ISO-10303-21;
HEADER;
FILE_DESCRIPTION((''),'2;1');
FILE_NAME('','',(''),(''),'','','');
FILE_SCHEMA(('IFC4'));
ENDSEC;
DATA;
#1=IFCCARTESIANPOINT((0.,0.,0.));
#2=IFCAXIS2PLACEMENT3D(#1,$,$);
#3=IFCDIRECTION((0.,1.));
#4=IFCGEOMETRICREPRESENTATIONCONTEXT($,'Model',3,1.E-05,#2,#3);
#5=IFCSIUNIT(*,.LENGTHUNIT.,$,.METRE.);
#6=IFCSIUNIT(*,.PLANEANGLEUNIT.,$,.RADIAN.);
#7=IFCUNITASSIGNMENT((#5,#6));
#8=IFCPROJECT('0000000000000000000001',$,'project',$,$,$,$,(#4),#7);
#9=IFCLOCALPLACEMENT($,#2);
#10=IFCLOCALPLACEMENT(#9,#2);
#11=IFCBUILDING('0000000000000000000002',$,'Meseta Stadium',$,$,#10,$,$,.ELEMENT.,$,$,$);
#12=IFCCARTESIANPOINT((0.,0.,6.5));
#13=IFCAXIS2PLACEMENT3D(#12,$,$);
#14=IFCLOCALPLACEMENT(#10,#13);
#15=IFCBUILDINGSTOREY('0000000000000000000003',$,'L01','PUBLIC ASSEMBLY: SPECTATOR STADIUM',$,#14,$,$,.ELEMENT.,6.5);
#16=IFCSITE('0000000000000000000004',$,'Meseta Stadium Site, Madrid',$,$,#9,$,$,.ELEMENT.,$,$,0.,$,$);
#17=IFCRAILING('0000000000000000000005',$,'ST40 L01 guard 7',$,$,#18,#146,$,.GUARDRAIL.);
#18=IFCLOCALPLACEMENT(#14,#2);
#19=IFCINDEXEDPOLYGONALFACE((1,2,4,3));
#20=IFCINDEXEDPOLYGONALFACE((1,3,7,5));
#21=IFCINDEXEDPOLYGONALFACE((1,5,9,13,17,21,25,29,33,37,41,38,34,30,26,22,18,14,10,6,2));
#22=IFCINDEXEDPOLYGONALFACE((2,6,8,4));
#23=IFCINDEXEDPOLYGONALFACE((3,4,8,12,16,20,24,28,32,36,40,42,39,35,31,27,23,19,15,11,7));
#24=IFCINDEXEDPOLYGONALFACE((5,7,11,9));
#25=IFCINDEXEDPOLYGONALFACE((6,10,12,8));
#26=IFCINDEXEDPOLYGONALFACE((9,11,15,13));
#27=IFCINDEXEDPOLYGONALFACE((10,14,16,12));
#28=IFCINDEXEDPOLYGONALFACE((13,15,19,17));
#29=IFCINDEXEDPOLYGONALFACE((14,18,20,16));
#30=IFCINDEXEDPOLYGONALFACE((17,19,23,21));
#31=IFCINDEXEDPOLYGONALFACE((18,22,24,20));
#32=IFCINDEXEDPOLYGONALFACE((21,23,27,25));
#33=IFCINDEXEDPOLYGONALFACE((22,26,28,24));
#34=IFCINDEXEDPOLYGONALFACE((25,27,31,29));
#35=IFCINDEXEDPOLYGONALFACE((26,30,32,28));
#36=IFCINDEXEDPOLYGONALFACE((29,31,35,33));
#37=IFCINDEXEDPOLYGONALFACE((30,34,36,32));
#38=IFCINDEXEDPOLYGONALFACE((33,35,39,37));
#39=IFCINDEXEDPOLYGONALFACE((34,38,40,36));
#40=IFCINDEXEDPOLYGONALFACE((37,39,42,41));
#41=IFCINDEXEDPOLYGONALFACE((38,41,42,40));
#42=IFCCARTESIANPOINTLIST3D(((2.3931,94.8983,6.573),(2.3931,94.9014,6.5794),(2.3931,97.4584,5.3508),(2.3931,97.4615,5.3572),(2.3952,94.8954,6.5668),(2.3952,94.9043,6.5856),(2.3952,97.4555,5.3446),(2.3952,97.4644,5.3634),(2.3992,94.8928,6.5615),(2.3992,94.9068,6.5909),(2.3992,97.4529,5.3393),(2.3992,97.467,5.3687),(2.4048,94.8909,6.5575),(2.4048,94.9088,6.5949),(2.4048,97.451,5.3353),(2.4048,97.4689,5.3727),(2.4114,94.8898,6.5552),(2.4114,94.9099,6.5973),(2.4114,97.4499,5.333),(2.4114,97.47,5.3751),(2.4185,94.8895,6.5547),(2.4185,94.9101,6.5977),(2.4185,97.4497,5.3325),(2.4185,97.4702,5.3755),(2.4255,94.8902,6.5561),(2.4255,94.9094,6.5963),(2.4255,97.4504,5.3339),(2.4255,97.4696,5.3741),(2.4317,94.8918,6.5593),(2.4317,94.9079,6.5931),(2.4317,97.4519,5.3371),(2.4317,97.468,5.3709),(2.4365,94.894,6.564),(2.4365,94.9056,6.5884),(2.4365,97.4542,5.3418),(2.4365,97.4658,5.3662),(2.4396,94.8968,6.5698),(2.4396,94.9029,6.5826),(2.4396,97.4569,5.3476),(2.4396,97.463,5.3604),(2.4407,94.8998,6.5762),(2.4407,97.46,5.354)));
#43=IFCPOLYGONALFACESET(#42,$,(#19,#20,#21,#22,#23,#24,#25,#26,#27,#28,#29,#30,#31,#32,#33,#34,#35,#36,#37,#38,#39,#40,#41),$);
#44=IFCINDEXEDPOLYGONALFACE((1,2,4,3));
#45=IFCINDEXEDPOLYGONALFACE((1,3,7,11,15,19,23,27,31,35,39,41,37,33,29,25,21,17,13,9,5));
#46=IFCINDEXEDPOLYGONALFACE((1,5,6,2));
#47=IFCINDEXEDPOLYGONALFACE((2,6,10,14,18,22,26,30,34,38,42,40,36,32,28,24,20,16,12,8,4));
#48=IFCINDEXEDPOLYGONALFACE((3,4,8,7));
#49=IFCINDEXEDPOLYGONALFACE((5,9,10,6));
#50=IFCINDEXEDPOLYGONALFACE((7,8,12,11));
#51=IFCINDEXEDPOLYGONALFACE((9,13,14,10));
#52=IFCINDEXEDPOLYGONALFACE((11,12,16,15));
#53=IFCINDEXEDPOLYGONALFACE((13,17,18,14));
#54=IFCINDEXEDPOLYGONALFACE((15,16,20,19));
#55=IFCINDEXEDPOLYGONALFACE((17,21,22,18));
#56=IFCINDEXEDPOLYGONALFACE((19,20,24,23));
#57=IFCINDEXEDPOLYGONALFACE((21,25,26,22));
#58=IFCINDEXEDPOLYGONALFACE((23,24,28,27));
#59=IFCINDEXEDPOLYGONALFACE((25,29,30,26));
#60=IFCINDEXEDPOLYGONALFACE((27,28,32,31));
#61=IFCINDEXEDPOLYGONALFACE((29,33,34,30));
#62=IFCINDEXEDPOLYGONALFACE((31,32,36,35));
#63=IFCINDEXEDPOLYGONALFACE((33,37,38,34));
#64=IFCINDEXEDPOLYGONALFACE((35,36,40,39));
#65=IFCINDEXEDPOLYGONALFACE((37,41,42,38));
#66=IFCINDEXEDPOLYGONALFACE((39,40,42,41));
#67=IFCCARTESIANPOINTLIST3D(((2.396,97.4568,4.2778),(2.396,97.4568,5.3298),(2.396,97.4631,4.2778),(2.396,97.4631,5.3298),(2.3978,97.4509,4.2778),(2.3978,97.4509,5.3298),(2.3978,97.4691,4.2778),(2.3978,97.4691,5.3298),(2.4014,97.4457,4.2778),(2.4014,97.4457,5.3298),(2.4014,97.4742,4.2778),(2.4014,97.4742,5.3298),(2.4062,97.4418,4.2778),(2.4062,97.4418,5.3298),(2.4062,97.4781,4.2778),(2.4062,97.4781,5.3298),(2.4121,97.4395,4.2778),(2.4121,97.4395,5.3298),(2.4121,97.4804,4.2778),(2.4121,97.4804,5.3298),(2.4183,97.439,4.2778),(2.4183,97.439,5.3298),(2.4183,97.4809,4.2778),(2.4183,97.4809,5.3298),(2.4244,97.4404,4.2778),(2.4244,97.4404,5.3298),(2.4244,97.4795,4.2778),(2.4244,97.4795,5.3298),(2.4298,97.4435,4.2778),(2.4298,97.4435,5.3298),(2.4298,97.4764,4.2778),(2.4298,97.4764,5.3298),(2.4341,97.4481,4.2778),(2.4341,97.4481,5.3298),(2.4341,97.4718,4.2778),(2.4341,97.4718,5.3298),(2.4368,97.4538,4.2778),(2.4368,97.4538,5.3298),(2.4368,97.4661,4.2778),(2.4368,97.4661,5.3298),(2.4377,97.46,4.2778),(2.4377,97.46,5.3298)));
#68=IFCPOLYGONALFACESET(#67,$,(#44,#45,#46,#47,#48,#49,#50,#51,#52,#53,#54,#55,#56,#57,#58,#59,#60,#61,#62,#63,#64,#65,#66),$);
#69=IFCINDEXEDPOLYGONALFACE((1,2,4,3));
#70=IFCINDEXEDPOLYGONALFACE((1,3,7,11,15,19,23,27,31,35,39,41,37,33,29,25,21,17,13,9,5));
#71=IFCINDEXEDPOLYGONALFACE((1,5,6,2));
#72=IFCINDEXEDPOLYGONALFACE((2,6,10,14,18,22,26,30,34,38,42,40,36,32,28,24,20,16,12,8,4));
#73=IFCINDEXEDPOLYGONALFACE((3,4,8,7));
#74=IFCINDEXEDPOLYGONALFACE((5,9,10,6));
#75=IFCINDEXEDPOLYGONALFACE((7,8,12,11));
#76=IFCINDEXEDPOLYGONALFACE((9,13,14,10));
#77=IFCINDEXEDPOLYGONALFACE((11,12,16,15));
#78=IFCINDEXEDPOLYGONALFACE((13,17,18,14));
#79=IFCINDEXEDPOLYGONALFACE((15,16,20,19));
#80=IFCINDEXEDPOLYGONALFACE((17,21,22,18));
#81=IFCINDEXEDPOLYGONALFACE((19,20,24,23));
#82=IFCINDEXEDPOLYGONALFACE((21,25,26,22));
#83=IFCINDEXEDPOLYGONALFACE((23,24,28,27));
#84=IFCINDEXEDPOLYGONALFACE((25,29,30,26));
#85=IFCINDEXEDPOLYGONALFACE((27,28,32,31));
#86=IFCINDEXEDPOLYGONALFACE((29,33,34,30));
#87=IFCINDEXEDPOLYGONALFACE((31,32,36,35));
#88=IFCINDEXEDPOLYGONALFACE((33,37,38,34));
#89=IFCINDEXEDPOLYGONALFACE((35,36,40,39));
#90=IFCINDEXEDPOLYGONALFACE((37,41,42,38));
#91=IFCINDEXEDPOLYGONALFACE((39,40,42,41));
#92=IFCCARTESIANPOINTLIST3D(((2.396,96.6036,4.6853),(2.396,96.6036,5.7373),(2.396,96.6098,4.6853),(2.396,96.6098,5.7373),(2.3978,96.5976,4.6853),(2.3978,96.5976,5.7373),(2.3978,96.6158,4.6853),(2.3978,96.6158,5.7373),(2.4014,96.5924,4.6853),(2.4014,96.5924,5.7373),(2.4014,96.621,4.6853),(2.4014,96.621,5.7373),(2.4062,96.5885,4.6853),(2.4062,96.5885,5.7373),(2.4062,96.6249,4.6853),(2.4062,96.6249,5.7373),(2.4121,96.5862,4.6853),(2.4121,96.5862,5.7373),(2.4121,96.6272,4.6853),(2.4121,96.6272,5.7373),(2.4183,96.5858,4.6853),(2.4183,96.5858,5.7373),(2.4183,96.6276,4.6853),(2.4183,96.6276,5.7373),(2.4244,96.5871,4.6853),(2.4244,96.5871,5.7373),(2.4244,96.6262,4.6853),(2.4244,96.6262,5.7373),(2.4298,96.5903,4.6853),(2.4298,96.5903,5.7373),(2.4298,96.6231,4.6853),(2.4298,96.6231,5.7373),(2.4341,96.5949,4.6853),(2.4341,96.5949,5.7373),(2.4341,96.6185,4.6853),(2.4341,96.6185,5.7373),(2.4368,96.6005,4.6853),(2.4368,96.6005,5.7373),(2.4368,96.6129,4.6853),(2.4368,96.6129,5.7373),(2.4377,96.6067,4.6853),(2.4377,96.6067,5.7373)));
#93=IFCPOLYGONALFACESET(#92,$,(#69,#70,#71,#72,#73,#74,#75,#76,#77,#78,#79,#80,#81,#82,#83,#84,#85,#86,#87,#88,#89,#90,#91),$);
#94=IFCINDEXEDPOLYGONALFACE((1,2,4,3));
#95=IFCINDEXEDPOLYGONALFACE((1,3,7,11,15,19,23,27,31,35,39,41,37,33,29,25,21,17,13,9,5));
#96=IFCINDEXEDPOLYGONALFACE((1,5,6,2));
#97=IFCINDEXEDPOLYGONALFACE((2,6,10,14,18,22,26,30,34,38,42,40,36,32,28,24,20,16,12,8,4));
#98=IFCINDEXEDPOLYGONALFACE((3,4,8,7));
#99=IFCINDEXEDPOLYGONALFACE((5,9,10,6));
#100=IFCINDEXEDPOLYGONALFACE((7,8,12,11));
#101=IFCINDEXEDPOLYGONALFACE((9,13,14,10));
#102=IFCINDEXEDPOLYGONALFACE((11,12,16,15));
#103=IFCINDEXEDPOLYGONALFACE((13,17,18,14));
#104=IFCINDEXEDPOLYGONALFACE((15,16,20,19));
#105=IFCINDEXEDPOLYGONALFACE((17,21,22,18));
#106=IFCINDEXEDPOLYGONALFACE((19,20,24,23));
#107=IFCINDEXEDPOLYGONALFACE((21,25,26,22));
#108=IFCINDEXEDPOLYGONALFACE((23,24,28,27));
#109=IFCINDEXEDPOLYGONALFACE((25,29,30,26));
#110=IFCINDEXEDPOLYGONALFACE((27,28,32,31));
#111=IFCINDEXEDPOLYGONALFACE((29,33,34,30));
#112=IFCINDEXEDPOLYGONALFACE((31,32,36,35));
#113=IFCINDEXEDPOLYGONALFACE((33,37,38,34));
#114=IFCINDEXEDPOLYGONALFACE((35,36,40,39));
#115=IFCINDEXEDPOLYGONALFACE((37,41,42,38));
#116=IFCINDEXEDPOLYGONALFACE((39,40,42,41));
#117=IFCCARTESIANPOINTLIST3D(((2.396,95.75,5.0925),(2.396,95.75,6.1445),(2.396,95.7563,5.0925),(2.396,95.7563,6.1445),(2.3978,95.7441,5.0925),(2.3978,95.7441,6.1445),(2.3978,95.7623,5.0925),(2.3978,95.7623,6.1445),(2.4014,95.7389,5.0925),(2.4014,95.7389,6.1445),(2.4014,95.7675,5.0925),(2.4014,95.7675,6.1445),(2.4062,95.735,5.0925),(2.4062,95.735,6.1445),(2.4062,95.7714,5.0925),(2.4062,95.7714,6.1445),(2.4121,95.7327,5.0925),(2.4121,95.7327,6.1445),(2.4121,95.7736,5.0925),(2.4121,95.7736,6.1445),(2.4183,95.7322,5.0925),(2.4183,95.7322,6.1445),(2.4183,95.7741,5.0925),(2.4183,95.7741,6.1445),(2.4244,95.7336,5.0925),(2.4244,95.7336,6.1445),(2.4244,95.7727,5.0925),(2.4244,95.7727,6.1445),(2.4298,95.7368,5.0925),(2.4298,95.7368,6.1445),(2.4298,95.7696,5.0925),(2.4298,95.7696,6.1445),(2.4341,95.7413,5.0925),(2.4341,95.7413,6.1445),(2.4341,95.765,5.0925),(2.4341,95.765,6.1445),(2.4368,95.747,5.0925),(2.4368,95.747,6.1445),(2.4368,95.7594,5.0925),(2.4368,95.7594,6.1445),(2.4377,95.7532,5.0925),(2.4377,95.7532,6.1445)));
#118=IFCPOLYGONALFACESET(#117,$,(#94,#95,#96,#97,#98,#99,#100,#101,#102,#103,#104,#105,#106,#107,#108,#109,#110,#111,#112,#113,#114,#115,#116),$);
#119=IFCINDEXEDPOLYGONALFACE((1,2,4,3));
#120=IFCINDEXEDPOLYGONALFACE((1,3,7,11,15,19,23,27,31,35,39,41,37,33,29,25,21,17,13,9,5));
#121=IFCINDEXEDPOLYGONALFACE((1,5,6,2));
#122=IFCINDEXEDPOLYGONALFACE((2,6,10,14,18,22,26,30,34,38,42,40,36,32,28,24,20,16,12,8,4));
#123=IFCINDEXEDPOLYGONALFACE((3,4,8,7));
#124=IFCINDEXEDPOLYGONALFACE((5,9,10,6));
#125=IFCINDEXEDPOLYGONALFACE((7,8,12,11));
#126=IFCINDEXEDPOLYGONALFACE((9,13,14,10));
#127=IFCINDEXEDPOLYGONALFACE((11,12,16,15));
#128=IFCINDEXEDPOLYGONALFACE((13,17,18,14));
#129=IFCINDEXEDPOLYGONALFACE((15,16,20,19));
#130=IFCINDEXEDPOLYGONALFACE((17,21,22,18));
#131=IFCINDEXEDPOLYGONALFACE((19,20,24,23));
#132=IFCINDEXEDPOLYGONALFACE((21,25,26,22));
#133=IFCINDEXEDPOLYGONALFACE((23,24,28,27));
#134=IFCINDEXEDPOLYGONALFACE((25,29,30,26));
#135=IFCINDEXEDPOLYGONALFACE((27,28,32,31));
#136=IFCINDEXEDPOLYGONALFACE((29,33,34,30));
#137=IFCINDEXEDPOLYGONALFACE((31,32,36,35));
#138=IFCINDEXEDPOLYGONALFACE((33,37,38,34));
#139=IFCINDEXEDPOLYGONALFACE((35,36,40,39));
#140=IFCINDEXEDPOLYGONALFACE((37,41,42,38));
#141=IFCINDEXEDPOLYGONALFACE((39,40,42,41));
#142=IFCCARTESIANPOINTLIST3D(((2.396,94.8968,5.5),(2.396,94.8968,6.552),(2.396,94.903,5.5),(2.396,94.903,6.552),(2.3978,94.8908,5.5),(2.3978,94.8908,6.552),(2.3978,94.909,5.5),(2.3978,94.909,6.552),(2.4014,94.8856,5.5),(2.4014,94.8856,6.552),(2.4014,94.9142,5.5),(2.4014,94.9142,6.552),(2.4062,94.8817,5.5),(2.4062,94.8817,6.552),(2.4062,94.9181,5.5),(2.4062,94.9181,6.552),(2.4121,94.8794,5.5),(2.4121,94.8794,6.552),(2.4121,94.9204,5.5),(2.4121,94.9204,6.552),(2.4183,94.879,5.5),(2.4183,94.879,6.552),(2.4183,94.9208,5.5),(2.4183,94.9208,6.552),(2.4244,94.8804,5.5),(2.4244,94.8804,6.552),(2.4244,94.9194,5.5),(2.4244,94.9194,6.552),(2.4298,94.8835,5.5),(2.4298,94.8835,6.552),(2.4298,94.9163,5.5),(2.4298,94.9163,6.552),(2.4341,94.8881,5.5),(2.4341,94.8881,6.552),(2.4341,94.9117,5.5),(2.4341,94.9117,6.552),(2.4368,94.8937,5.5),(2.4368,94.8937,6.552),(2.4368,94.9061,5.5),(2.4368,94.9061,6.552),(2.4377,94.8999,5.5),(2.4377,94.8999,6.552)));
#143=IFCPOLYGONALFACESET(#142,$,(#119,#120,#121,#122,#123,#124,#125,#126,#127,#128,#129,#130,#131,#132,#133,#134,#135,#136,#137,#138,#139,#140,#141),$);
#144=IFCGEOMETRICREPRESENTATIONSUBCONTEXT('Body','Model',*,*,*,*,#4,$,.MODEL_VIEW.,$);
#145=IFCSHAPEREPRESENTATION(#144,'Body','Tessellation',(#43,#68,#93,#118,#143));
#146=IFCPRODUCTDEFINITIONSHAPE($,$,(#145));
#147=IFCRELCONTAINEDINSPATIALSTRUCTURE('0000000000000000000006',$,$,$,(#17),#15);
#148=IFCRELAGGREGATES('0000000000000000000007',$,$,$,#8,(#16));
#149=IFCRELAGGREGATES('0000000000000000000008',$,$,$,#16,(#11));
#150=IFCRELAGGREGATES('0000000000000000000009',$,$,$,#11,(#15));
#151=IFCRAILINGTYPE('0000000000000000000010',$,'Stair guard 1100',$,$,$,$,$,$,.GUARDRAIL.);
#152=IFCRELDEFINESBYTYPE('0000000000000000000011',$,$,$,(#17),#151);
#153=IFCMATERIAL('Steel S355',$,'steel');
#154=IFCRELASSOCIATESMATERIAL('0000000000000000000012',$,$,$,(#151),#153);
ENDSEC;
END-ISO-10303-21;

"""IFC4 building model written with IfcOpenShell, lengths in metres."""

from ifc_helpers import new_model, si_unit, direction, frame, origin, origin_2d, place, context, subcontext, project, spatial, circle, extrude, material, type_object, element, save


model = new_model("IFC4")

# Units and contexts
model_context = context("Model", 3, precision=1e-05, world=origin(), true_north=direction((0.0, 1.0)))
body_context = subcontext(model_context, "Body", "Model", "MODEL_VIEW")
ifc_project = project(units=[si_unit("LENGTHUNIT", "METRE"), si_unit("PLANEANGLEUNIT", "RADIAN")], contexts=[model_context])

# Site, building, storey
site_placement = place(None, origin())
site = spatial("IfcSite", under=ifc_project, at=site_placement, Name="Meseta Stadium Site, Madrid", CompositionType="ELEMENT", RefElevation=0.0)
building_placement = place(site_placement, origin())
building = spatial("IfcBuilding", under=site, at=building_placement, Name="Meseta Stadium", CompositionType="ELEMENT")
storey_placement = place(building_placement, frame((0.0, 0.0, 6.5)))
storey = spatial("IfcBuildingStorey", under=building, at=storey_placement, Name="L01", Description="PUBLIC ASSEMBLY: SPECTATOR STADIUM", CompositionType="ELEMENT", Elevation=6.5)

# Railing
ifc_material_1 = material(Name="Steel S355", Category="steel")
railing_type_1 = type_object("IfcRailingType", Name="Stair guard 1100", PredefinedType="GUARDRAIL", material=ifc_material_1)
railing_1_placement = place(storey_placement, frame((2.4167, 97.46, 4.2778)))
element("IfcRailing", 1, at=railing_1_placement, inside=storey, type_object=railing_type_1, Name="ST40 L01 guard 7", PredefinedType="GUARDRAIL", context=body_context, shape_type="SweptSolid", body=[
    extrude(circle(Radius=0.0239, at=origin_2d()), frame((0.0, 0.0, 1.0762), z_axis=(0.0, -0.902437, 0.430822), x_axis=(1.0, 0.0, 0.0)), (0.0, 0.0, 1.0), 2.8369),
    extrude(circle(Radius=0.021, at=origin_2d()), origin(), (0.0, 0.0, 1.0), 1.052),
    extrude(circle(Radius=0.021, at=origin_2d()), frame((0.0, -0.8533, 0.4075)), (0.0, 0.0, 1.0), 1.052),
    extrude(circle(Radius=0.021, at=origin_2d()), frame((0.0, -1.7068, 0.8147)), (0.0, 0.0, 1.0), 1.052),
    extrude(circle(Radius=0.021, at=origin_2d()), frame((0.0, -2.5601, 1.2222)), (0.0, 0.0, 1.0), 1.052),
])

save(model, "model.ifc")
